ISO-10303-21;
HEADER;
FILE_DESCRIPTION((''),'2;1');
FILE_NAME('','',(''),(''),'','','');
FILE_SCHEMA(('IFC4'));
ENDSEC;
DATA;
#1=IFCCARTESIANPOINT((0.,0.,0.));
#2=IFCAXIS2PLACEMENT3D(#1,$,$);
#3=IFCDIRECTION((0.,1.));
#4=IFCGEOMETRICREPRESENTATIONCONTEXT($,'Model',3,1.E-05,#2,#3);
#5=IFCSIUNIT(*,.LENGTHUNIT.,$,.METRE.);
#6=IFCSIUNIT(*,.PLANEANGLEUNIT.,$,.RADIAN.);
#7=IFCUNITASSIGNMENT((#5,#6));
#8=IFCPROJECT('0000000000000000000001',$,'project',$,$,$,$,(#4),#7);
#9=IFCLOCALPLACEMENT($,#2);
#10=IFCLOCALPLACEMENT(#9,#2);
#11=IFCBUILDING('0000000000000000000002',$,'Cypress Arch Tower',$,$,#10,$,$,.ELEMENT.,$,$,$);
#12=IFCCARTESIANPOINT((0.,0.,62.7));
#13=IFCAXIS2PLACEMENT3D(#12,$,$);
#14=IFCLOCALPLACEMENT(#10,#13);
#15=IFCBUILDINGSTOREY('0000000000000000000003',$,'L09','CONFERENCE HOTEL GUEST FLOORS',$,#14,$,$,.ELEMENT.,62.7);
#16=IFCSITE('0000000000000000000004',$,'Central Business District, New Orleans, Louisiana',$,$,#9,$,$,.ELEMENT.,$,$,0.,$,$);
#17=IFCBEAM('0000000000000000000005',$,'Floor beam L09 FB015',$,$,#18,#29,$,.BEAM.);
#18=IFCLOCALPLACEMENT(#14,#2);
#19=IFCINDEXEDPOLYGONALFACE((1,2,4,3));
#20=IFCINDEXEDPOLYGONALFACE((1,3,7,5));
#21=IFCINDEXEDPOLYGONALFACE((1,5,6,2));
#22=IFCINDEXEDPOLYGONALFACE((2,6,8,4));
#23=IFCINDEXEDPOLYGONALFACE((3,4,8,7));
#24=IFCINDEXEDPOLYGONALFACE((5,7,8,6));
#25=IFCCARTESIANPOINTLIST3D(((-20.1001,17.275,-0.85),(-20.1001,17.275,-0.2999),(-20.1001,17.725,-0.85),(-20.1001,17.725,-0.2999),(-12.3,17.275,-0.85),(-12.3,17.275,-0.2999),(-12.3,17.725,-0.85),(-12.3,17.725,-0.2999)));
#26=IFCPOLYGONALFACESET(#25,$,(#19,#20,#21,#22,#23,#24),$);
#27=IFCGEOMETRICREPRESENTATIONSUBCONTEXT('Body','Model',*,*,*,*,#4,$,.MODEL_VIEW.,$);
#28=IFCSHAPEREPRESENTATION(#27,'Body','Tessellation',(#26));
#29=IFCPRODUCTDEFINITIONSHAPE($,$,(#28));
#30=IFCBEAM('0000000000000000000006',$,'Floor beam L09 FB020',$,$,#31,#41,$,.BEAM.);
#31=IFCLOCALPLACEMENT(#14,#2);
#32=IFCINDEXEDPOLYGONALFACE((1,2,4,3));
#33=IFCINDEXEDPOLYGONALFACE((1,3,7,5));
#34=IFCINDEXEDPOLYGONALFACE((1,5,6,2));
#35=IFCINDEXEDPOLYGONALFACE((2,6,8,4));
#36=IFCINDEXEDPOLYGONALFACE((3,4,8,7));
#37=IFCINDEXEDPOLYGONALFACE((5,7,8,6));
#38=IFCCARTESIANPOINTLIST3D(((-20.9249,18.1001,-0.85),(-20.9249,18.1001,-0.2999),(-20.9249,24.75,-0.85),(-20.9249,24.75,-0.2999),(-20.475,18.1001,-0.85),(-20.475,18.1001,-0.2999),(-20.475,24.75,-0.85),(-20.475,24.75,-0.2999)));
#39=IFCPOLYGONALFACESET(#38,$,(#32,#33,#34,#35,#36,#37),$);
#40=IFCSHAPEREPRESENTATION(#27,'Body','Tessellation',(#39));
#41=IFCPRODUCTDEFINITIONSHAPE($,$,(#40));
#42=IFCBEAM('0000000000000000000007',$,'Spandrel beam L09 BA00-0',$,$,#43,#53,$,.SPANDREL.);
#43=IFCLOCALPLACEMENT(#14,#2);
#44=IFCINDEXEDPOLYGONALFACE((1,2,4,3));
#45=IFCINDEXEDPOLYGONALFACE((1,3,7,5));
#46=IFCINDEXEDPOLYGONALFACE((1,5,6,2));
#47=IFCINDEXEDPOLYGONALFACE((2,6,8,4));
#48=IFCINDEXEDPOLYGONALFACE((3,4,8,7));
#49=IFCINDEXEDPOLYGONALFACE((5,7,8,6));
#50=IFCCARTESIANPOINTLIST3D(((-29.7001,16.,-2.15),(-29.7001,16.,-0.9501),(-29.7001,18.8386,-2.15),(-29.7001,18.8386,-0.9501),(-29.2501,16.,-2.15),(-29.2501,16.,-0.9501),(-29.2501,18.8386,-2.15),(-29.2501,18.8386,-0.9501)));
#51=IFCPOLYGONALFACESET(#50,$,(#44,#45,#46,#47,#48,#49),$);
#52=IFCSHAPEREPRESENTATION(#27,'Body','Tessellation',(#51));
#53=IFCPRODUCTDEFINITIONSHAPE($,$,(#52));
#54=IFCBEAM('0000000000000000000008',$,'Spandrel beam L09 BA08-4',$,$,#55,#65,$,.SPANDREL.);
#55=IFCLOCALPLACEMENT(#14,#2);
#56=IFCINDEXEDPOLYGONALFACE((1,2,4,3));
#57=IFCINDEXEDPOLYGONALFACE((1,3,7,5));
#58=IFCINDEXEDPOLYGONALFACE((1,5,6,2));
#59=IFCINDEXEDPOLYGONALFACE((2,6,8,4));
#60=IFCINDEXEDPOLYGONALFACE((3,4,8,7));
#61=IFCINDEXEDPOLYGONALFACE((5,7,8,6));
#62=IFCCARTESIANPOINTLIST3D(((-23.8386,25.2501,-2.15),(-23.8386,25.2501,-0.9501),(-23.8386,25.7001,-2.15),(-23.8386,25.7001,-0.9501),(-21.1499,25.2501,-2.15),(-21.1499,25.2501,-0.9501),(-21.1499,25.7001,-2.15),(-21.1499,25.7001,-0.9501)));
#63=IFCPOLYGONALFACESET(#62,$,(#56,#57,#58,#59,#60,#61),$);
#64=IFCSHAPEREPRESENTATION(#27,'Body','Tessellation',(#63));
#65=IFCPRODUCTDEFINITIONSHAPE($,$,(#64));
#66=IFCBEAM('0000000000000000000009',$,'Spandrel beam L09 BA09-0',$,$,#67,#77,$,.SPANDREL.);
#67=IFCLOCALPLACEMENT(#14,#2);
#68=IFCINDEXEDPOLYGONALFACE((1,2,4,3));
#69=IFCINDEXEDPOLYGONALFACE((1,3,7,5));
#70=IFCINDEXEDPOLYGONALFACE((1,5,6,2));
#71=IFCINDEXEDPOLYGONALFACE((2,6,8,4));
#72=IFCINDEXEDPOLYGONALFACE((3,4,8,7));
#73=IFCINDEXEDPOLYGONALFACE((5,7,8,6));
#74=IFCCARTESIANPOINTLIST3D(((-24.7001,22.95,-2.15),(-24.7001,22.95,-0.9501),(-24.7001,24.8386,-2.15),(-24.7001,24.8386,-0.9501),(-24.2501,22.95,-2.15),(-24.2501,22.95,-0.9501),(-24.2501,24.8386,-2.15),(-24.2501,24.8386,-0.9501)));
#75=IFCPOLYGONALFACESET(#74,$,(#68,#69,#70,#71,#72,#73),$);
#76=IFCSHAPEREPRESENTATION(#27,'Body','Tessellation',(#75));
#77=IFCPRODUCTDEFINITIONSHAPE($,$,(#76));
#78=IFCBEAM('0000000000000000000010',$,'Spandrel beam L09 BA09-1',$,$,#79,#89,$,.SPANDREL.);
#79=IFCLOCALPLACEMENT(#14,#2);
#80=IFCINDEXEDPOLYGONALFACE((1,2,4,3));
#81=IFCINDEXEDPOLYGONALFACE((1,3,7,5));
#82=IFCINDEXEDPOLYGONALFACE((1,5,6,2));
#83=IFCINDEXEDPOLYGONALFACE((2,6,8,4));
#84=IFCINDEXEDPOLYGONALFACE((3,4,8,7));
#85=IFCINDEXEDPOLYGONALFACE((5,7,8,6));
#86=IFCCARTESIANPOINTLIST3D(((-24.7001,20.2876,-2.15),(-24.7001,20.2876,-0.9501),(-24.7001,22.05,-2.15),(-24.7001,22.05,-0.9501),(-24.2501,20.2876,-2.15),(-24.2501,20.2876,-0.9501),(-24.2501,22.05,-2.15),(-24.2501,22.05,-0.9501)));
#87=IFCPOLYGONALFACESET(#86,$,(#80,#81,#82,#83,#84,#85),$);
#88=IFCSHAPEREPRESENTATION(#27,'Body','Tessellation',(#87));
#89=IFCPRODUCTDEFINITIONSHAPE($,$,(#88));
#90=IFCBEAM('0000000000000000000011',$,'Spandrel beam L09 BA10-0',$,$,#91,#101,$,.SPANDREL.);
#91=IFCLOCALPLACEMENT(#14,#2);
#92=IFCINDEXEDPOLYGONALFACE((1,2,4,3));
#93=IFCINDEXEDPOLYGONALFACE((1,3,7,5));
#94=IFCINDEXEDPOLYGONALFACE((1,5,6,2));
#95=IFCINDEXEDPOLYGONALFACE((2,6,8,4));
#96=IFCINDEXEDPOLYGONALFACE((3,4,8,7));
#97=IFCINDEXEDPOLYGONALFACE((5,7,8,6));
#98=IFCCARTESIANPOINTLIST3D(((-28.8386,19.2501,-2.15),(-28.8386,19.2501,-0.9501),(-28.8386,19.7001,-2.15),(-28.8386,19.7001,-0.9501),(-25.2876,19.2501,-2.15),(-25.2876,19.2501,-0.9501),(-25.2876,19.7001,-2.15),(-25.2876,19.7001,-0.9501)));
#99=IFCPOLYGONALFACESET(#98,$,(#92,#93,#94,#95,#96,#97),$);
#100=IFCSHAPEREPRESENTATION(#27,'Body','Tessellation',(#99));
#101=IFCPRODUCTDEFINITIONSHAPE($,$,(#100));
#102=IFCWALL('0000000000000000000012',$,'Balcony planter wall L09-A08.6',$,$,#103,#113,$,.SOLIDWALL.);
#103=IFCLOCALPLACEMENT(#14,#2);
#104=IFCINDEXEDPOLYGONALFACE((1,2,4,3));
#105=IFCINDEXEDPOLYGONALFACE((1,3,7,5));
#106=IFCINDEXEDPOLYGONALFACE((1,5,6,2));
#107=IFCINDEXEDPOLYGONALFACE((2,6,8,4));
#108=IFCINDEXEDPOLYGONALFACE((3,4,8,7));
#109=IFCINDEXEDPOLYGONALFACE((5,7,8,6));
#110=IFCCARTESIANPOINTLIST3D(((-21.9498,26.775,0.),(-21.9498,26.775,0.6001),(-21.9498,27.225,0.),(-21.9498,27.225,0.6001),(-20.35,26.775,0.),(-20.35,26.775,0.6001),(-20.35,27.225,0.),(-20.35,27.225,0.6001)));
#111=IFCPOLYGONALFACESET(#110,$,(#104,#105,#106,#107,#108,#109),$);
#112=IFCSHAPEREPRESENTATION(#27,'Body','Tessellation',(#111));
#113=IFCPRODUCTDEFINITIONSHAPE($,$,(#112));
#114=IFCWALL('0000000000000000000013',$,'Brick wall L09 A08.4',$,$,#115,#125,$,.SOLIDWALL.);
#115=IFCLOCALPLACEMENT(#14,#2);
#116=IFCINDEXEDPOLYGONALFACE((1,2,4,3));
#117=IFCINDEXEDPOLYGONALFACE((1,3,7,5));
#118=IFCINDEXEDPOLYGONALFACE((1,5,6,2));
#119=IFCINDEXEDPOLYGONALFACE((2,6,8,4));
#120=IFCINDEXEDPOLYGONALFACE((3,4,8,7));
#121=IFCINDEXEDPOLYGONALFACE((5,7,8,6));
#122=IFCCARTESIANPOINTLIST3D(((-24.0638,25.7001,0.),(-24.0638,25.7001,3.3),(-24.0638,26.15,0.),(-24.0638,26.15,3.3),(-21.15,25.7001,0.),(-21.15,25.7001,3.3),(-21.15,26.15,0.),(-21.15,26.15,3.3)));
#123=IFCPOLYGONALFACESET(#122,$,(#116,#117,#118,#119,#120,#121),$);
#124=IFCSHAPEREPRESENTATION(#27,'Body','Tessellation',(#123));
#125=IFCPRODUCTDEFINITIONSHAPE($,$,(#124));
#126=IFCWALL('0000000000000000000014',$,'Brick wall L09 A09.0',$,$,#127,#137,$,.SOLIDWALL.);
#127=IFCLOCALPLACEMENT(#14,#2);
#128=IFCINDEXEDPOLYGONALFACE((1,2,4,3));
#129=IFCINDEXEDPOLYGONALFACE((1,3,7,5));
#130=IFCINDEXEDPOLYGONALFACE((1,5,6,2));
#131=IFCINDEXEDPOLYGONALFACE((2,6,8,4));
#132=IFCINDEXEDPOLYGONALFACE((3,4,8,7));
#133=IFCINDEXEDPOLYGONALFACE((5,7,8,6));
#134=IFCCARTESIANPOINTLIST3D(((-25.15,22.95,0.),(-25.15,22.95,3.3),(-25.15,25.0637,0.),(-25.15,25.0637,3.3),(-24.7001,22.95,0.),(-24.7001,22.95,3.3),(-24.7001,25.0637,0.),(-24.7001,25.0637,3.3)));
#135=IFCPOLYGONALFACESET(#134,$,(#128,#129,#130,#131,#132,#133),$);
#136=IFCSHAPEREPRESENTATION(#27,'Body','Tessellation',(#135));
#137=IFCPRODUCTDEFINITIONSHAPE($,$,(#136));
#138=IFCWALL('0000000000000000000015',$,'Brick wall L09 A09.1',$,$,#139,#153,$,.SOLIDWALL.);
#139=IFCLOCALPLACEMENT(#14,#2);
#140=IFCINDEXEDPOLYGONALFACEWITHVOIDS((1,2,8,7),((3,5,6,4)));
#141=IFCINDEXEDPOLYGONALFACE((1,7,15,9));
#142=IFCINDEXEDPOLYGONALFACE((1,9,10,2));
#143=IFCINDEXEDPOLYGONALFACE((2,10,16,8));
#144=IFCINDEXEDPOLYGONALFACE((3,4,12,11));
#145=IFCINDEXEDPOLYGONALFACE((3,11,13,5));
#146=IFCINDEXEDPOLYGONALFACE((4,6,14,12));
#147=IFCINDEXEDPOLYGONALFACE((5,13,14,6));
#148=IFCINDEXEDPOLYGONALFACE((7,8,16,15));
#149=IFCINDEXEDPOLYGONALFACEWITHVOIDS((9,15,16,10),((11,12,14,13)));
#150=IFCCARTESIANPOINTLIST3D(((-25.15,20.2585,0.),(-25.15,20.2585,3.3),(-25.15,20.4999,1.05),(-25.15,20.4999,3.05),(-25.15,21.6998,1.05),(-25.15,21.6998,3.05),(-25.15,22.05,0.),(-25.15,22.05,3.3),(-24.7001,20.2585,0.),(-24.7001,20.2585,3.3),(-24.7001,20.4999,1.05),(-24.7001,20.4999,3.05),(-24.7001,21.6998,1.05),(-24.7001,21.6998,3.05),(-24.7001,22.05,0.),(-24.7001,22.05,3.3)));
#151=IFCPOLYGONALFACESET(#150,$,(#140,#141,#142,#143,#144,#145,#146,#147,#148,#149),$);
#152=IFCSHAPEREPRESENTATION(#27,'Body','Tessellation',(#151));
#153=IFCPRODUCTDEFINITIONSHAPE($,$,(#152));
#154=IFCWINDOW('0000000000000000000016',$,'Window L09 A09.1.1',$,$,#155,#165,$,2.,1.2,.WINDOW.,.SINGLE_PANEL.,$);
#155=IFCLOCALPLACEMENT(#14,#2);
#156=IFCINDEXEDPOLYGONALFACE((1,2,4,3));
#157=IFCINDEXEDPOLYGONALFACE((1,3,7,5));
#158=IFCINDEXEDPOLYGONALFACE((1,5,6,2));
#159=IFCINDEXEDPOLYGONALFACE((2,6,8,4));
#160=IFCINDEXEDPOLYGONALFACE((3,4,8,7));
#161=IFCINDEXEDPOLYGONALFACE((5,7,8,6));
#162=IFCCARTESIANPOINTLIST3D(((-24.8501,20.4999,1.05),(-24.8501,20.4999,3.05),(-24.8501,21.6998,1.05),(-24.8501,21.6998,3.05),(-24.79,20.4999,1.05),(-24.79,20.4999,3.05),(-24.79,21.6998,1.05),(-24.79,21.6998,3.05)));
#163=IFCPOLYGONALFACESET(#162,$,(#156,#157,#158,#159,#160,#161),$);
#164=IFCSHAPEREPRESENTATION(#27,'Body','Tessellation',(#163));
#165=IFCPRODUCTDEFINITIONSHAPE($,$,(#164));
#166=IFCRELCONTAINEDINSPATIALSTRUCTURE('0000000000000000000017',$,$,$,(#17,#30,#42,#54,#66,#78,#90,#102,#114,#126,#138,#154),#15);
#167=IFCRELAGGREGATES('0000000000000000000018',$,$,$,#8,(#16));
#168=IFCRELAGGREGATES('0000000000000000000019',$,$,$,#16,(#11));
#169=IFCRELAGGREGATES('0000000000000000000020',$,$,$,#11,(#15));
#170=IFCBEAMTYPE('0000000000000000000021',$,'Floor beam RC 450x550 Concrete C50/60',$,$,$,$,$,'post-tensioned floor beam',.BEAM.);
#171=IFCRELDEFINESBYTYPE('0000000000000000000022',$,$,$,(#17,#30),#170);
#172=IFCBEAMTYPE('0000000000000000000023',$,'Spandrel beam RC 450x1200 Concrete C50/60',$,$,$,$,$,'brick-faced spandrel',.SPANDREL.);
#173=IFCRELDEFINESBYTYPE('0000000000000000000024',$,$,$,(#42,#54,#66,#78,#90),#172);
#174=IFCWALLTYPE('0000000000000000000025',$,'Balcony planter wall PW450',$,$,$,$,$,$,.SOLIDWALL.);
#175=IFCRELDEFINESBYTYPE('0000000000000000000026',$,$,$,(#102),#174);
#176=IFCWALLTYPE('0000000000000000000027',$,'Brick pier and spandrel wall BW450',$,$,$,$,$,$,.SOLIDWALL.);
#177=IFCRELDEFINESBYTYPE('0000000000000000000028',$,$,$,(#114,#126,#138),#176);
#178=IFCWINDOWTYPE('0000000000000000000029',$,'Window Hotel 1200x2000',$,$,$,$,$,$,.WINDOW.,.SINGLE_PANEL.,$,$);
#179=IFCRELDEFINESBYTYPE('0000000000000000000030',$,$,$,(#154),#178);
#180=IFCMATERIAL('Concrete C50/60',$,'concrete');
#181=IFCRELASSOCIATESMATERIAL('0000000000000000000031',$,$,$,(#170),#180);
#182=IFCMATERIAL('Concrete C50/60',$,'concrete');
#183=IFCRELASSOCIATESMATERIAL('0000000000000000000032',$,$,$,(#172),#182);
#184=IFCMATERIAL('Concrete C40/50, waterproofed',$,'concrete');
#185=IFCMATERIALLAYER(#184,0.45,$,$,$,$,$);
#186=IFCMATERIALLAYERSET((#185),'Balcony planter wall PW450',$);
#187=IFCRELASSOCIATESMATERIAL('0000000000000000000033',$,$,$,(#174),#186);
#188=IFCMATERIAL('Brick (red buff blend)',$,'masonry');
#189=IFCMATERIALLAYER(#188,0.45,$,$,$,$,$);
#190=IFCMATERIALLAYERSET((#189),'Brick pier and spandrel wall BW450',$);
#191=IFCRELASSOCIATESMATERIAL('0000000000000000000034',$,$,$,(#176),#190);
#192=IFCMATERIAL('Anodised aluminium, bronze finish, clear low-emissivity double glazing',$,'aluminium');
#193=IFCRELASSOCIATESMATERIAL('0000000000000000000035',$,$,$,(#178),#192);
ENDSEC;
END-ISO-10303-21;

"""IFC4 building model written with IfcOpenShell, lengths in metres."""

from ifc_helpers import new_model, si_unit, direction, frame, frame_2d, origin, origin_2d, place, context, subcontext, project, spatial, rectangle, extrude, material, layer, layer_set, material_profile, profile_set, type_object, element, fill, save


model = new_model("IFC4")

# Units and contexts
model_context = context("Model", 3, precision=1e-05, world=origin(), true_north=direction((0.0, 1.0)))
body_context = subcontext(model_context, "Body", "Model", "MODEL_VIEW")
ifc_project = project(units=[si_unit("LENGTHUNIT", "METRE"), si_unit("PLANEANGLEUNIT", "RADIAN")], contexts=[model_context])

# Site, building, storey
site_placement = place(None, origin())
site = spatial("IfcSite", under=ifc_project, at=site_placement, Name="Central Business District, New Orleans, Louisiana", CompositionType="ELEMENT", RefElevation=0.0)
building_placement = place(site_placement, origin())
building = spatial("IfcBuilding", under=site, at=building_placement, Name="Cypress Arch Tower", CompositionType="ELEMENT")
storey_placement = place(building_placement, frame((0.0, 0.0, 62.7)))
storey = spatial("IfcBuildingStorey", under=building, at=storey_placement, Name="L09", Description="CONFERENCE HOTEL GUEST FLOORS", CompositionType="ELEMENT", Elevation=62.7)

# Beams
ifc_material_1 = material(Name="Concrete C50/60", Category="concrete")
ifc_material_profile_1 = material_profile(ifc_material_1, rectangle(XDim=0.45, YDim=0.55, at=origin_2d()), Name="RC 450x550")
ifc_profile_set_1 = profile_set([ifc_material_profile_1], Name="Concrete C50/60")
beam_type_1 = type_object("IfcBeamType", Name="Floor beam RC 450x550 Concrete C50/60", ElementType="post-tensioned floor beam", PredefinedType="BEAM", material=ifc_profile_set_1)
beam_1_placement = place(storey_placement, frame((-20.1001, 17.5, -0.575), z_axis=(1.0, 0.0, 0.0), x_axis=(0.0, 1.0, 0.0)))
element("IfcBeam", 1, at=beam_1_placement, inside=storey, type_object=beam_type_1, Name="Floor beam L09 FB015", PredefinedType="BEAM", context=body_context, shape_type="SweptSolid", body=[
    extrude(rectangle(XDim=0.45, YDim=0.55, at=origin_2d()), origin(), (0.0, 0.0, 1.0), 7.8),
])
beam_2_placement = place(storey_placement, frame((-20.7, 18.1001, -0.575), z_axis=(0.0, 1.0, 0.0), x_axis=(-1.0, 0.0, 0.0)))
element("IfcBeam", 2, at=beam_2_placement, inside=storey, type_object=beam_type_1, Name="Floor beam L09 FB020", PredefinedType="BEAM", context=body_context, shape_type="SweptSolid", body=[
    extrude(rectangle(XDim=0.45, YDim=0.55, at=origin_2d()), origin(), (0.0, 0.0, 1.0), 6.6499),
])
ifc_material_2 = material(Name="Concrete C50/60", Category="concrete")
ifc_material_profile_2 = material_profile(ifc_material_2, rectangle(XDim=0.45, YDim=1.2, at=origin_2d()), Name="RC 450x1200")
ifc_profile_set_2 = profile_set([ifc_material_profile_2], Name="Concrete C50/60")
beam_type_2 = type_object("IfcBeamType", Name="Spandrel beam RC 450x1200 Concrete C50/60", ElementType="brick-faced spandrel", PredefinedType="SPANDREL", material=ifc_profile_set_2)
beam_3_placement = place(storey_placement, frame((-29.4751, 18.8386, -1.55), z_axis=(0.0, -1.0, 0.0), x_axis=(1.0, 0.0, 0.0)))
element("IfcBeam", 3, at=beam_3_placement, inside=storey, type_object=beam_type_2, Name="Spandrel beam L09 BA00-0", PredefinedType="SPANDREL", context=body_context, shape_type="SweptSolid", body=[
    extrude(rectangle(XDim=0.45, YDim=1.2, at=origin_2d()), origin(), (0.0, 0.0, 1.0), 2.8386),
])
beam_4_placement = place(storey_placement, frame((-21.1499, 25.4751, -1.55), z_axis=(-1.0, 0.0, 0.0), x_axis=(0.0, -1.0, 0.0)))
element("IfcBeam", 4, at=beam_4_placement, inside=storey, type_object=beam_type_2, Name="Spandrel beam L09 BA08-4", PredefinedType="SPANDREL", context=body_context, shape_type="SweptSolid", body=[
    extrude(rectangle(XDim=0.45, YDim=1.2, at=origin_2d()), origin(), (0.0, 0.0, 1.0), 2.6887),
])
beam_5_placement = place(storey_placement, frame((-24.4751, 24.8386, -1.55), z_axis=(0.0, -1.0, 0.0), x_axis=(1.0, 0.0, 0.0)))
element("IfcBeam", 5, at=beam_5_placement, inside=storey, type_object=beam_type_2, Name="Spandrel beam L09 BA09-0", PredefinedType="SPANDREL", context=body_context, shape_type="SweptSolid", body=[
    extrude(rectangle(XDim=0.45, YDim=1.2, at=origin_2d()), origin(), (0.0, 0.0, 1.0), 1.8887),
])
beam_6_placement = place(storey_placement, frame((-24.4751, 22.05, -1.55), z_axis=(0.0, -1.0, 0.0), x_axis=(1.0, 0.0, 0.0)))
element("IfcBeam", 6, at=beam_6_placement, inside=storey, type_object=beam_type_2, Name="Spandrel beam L09 BA09-1", PredefinedType="SPANDREL", context=body_context, shape_type="SweptSolid", body=[
    extrude(rectangle(XDim=0.45, YDim=1.2, at=origin_2d()), origin(), (0.0, 0.0, 1.0), 1.7625),
])
beam_7_placement = place(storey_placement, frame((-25.2876, 19.4751, -1.55), z_axis=(-1.0, 0.0, 0.0), x_axis=(0.0, -1.0, 0.0)))
element("IfcBeam", 7, at=beam_7_placement, inside=storey, type_object=beam_type_2, Name="Spandrel beam L09 BA10-0", PredefinedType="SPANDREL", context=body_context, shape_type="SweptSolid", body=[
    extrude(rectangle(XDim=0.45, YDim=1.2, at=origin_2d()), origin(), (0.0, 0.0, 1.0), 3.551),
])

# Wall
ifc_material_3 = material(Name="Concrete C40/50, waterproofed", Category="concrete")
ifc_layer_1 = layer(ifc_material_3, 0.45)
ifc_layer_set_1 = layer_set([ifc_layer_1], Name="Balcony planter wall PW450")
wall_type_1 = type_object("IfcWallType", Name="Balcony planter wall PW450", PredefinedType="SOLIDWALL", material=ifc_layer_set_1)
wall_1_placement = place(storey_placement, frame((-20.3501, 27.0, 0.0), z_axis=(0.0, 0.0, 1.0), x_axis=(-1.0, 0.0, 0.0)))
element("IfcWall", 8, at=wall_1_placement, inside=storey, type_object=wall_type_1, Name="Balcony planter wall L09-A08.6", PredefinedType="SOLIDWALL", context=body_context, shape_type="SweptSolid", body=[
    extrude(rectangle(XDim=1.5999, YDim=0.45, at=frame_2d((0.7998, 0.0))), origin(), (0.0, 0.0, 1.0), 0.6001),
])

# Shared definitions
ifc_material_4 = material(Name="Brick (red buff blend)", Category="masonry")
ifc_layer_2 = layer(ifc_material_4, 0.45)
ifc_layer_set_2 = layer_set([ifc_layer_2], Name="Brick pier and spandrel wall BW450")
wall_type_2 = type_object("IfcWallType", Name="Brick pier and spandrel wall BW450", PredefinedType="SOLIDWALL", material=ifc_layer_set_2)

# Walls
wall_2_placement = place(storey_placement, frame((-21.1499, 25.925, 0.0), z_axis=(0.0, 0.0, 1.0), x_axis=(-1.0, 0.0, 0.0)))
element("IfcWall", 9, at=wall_2_placement, inside=storey, type_object=wall_type_2, Name="Brick wall L09 A08.4", PredefinedType="SOLIDWALL", context=body_context, shape_type="SweptSolid", body=[
    extrude(rectangle(XDim=2.9138, YDim=0.45, at=frame_2d((1.457, 0.0))), origin(), (0.0, 0.0, 1.0), 3.3),
])
wall_3_placement = place(storey_placement, frame((-24.925, 25.0637, 0.0), z_axis=(0.0, 0.0, 1.0), x_axis=(0.0, -1.0, 0.0)))
element("IfcWall", 10, at=wall_3_placement, inside=storey, type_object=wall_type_2, Name="Brick wall L09 A09.0", PredefinedType="SOLIDWALL", context=body_context, shape_type="SweptSolid", body=[
    extrude(rectangle(XDim=2.1138, YDim=0.45, at=frame_2d((1.0569, 0.0))), origin(), (0.0, 0.0, 1.0), 3.3),
])

# Wall, opening, window
wall_4_placement = place(storey_placement, frame((-24.925, 22.05, 0.0), z_axis=(0.0, 0.0, 1.0), x_axis=(0.0, -1.0, 0.0)))
wall_4 = element("IfcWall", 11, at=wall_4_placement, inside=storey, type_object=wall_type_2, Name="Brick wall L09 A09.1", PredefinedType="SOLIDWALL", context=body_context, shape_type="SweptSolid", body=[
    extrude(rectangle(XDim=1.7915, YDim=0.45, at=frame_2d((0.8958, 0.0))), origin(), (0.0, 0.0, 1.0), 3.3),
])
opening_1_placement = place(wall_4_placement, frame((0.3501, 0.0, 1.05)))
opening_1 = element("IfcOpeningElement", 12, at=opening_1_placement, cuts=wall_4, PredefinedType="OPENING", context=body_context, shape_type="SweptSolid", body=[
    extrude(rectangle(XDim=1.2, YDim=2.0, at=frame_2d((0.6001, 1.0))), frame((0.0, 0.2349, 0.0), z_axis=(0.0, -1.0, 0.0), x_axis=(1.0, 0.0, 0.0)), (0.0, 0.0, 1.0), 0.47),
])
ifc_material_5 = material(Name="Anodised aluminium, bronze finish, clear low-emissivity double glazing", Category="aluminium")
window_type_1 = type_object("IfcWindowType", Name="Window Hotel 1200x2000", PartitioningType="SINGLE_PANEL", PredefinedType="WINDOW", material=ifc_material_5)
window_1_placement = place(opening_1_placement, origin())
window_1 = element("IfcWindow", 13, at=window_1_placement, inside=storey, type_object=window_type_1, Name="Window L09 A09.1.1", OverallHeight=2.0, OverallWidth=1.2, PartitioningType="SINGLE_PANEL", PredefinedType="WINDOW", context=body_context, shape_type="SweptSolid", body=[
    extrude(rectangle(XDim=1.2, YDim=2.0, at=frame_2d((0.6001, 1.0))), frame((0.0, 0.135, 0.0), z_axis=(0.0, -1.0, 0.0), x_axis=(1.0, 0.0, 0.0)), (0.0, 0.0, 1.0), 0.0601),
])
fill(opening_1, window_1)

save(model, "model.ifc")
